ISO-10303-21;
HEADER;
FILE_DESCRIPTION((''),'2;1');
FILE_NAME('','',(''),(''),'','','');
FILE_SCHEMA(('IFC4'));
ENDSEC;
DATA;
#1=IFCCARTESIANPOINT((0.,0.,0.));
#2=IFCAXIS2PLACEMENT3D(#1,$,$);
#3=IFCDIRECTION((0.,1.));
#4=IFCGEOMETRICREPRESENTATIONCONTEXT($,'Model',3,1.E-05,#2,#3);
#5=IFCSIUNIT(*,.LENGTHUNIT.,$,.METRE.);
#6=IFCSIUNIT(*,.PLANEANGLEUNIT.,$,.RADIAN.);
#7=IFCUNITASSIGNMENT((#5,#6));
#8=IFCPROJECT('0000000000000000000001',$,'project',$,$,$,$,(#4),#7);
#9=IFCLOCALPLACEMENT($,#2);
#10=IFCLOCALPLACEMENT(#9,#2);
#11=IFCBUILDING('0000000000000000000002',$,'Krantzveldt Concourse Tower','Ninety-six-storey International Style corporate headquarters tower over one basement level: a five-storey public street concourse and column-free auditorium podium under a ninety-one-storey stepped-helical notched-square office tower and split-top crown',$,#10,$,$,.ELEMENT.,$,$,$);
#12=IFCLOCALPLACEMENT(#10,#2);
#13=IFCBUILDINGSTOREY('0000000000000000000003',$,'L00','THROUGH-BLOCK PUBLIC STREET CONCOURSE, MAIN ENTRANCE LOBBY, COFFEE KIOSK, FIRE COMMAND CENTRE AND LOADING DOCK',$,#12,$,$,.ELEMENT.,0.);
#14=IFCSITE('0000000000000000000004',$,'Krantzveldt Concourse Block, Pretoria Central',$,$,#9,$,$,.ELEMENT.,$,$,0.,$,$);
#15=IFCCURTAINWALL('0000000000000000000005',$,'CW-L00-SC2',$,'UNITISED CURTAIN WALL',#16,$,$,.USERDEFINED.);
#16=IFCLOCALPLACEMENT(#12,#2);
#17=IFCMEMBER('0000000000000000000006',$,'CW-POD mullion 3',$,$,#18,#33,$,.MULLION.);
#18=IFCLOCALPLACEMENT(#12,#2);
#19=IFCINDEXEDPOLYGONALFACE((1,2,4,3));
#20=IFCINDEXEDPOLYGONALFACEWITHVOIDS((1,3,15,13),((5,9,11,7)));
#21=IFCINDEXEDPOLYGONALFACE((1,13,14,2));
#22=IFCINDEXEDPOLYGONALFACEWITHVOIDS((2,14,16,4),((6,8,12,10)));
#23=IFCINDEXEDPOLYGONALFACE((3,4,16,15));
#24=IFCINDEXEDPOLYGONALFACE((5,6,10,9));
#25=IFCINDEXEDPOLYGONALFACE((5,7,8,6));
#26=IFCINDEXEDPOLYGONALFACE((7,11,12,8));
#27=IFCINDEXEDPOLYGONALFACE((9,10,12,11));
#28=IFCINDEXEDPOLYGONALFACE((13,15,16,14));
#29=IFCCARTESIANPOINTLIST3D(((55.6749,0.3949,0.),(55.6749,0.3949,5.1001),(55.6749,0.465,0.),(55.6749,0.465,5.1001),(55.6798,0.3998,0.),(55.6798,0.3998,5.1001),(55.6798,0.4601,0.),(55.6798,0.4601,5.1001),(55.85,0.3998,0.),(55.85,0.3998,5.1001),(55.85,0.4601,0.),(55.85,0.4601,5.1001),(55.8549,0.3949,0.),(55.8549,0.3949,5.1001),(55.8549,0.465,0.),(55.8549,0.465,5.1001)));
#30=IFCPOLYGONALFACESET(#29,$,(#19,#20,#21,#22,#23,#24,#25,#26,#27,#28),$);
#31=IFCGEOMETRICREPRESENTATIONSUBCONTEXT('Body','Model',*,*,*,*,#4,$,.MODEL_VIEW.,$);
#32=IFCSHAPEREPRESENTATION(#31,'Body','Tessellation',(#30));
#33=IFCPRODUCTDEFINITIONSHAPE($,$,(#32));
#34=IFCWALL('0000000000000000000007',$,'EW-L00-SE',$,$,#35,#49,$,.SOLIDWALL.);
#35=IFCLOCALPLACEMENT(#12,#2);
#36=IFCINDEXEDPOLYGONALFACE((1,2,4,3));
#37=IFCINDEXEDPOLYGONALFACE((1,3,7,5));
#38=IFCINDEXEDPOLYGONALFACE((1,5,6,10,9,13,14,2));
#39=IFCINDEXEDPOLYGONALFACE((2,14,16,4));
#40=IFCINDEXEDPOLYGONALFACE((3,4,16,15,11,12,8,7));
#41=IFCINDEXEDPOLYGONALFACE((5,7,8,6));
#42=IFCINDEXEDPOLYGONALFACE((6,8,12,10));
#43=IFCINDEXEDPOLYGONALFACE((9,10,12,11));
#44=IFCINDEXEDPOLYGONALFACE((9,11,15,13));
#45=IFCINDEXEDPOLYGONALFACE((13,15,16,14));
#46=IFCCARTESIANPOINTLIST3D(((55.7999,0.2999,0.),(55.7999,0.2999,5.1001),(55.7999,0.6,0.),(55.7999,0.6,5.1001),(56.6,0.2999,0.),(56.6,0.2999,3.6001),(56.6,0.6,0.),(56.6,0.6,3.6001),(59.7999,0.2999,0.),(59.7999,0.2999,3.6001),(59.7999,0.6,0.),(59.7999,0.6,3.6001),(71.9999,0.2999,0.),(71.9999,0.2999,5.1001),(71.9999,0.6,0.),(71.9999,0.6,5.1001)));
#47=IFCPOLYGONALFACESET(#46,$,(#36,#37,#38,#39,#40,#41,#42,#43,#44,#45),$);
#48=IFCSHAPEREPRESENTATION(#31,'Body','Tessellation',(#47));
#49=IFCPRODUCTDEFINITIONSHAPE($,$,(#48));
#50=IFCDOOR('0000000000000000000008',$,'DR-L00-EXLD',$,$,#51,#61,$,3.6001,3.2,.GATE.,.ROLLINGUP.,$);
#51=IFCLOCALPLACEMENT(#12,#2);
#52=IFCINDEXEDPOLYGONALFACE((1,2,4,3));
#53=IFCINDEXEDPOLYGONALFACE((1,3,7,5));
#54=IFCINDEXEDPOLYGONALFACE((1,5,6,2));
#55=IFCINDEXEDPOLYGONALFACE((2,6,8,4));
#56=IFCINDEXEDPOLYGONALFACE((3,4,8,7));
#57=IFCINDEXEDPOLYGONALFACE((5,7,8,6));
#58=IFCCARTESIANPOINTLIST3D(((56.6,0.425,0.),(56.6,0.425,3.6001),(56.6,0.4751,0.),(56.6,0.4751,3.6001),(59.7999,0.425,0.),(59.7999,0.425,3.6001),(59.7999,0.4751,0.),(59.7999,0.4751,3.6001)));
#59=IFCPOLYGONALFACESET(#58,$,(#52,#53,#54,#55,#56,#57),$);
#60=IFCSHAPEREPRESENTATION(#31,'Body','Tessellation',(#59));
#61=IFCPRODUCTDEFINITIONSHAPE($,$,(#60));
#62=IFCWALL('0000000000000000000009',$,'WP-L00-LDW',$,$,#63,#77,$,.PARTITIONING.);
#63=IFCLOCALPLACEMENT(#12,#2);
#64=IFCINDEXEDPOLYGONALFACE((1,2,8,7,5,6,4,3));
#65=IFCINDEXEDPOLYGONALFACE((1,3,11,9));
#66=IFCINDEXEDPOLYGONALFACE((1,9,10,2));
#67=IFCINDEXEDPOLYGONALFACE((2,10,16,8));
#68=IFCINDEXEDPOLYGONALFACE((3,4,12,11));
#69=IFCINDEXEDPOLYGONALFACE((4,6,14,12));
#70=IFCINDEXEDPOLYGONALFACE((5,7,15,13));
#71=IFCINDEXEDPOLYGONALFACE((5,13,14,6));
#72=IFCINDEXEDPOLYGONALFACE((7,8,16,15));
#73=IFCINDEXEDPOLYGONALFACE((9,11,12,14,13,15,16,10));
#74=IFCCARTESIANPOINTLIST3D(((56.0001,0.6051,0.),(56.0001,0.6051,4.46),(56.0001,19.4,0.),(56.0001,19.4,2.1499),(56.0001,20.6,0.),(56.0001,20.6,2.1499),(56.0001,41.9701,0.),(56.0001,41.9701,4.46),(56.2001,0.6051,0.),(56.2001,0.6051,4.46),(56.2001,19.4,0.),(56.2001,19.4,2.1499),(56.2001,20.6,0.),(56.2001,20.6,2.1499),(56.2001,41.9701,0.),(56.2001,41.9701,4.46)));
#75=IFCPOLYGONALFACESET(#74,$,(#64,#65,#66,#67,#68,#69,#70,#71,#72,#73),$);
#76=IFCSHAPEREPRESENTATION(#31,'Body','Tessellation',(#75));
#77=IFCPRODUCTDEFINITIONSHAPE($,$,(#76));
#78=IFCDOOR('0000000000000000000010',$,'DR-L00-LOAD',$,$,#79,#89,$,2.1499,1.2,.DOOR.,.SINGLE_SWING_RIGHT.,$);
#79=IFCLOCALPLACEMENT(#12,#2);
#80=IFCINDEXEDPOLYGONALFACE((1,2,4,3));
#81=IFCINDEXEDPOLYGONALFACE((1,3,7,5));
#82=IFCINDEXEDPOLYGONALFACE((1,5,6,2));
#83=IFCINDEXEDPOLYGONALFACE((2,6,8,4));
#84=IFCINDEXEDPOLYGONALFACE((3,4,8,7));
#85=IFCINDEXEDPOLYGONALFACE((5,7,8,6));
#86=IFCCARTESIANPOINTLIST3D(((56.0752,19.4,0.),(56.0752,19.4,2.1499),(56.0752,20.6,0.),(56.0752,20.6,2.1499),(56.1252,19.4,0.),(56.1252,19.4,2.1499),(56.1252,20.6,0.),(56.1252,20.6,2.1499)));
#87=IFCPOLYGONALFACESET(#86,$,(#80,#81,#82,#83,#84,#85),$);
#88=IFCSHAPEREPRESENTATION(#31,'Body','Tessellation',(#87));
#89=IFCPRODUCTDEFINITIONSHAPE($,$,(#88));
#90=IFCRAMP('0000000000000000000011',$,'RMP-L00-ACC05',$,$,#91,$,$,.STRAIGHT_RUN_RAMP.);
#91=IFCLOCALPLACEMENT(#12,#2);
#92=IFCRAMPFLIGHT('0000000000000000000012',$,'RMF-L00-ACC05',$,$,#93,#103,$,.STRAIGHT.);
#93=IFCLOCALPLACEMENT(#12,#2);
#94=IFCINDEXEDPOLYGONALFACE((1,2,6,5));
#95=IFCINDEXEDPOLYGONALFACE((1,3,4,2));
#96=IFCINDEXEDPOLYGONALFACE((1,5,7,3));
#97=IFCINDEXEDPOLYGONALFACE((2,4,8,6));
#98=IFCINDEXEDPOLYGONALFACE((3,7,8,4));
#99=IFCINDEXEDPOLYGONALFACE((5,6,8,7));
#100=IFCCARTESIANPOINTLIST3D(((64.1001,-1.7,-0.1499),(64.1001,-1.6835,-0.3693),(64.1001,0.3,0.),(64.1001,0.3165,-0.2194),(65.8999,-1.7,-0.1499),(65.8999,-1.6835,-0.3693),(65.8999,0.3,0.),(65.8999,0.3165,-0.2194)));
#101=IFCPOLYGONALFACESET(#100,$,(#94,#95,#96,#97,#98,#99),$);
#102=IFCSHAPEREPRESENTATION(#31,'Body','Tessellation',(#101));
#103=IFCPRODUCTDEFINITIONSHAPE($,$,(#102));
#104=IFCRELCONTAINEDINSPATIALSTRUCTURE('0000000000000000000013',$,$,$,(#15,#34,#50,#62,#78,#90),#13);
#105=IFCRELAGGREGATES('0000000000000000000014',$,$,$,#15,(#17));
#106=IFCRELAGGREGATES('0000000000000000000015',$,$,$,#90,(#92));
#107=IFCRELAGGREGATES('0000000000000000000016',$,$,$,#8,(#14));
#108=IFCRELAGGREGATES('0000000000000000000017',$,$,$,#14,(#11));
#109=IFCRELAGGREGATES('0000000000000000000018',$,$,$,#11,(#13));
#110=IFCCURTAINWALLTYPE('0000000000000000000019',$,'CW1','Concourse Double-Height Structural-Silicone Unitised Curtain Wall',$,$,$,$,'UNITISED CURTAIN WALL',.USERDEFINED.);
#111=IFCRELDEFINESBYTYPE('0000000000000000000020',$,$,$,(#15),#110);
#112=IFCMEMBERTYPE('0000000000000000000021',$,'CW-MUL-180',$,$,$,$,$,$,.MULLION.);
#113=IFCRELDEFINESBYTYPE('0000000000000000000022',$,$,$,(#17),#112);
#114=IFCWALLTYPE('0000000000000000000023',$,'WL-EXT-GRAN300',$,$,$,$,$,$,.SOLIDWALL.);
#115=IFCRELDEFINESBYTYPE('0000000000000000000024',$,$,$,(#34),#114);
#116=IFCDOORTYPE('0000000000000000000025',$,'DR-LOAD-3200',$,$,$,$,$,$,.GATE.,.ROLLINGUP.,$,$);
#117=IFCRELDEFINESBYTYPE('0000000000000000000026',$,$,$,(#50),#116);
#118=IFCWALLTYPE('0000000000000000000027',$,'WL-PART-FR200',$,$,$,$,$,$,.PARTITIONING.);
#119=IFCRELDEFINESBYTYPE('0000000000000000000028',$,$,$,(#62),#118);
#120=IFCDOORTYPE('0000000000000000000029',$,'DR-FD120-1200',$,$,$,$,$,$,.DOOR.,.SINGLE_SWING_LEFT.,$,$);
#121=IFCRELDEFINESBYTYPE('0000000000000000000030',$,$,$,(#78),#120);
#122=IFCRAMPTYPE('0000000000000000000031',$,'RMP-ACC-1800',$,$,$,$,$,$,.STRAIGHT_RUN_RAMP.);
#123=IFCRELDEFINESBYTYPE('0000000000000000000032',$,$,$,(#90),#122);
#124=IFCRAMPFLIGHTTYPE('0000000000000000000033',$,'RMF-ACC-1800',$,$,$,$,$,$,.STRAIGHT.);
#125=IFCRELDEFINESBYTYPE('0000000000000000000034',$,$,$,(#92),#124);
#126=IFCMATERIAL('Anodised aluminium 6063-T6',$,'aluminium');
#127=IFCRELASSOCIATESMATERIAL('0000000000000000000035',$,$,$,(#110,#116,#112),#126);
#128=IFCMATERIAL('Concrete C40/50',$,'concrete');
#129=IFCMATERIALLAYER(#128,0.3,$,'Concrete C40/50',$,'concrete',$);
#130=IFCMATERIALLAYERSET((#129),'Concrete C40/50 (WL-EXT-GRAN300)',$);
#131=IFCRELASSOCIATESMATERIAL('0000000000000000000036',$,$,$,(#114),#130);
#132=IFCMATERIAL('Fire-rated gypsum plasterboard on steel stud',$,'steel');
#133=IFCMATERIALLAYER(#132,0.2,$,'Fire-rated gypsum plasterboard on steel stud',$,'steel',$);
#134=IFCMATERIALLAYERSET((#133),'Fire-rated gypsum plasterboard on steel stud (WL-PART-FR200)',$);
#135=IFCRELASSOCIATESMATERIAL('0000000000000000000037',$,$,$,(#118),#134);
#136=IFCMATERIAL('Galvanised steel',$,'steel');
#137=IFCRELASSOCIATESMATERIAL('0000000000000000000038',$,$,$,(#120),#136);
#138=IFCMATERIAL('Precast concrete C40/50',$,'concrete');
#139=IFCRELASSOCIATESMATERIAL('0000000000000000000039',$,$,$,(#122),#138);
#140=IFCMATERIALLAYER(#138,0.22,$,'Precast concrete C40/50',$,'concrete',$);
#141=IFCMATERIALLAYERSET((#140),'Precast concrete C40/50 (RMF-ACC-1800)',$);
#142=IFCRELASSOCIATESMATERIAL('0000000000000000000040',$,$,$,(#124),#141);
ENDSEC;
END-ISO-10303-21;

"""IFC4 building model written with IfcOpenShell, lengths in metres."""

from ifc_helpers import new_model, si_unit, direction, frame, frame_2d, origin, origin_2d, place, context, subcontext, project, spatial, polyline, rectangle, hollow_rectangle, outline, extrude, source, transform, mapped, material, layer, layer_set, material_profile, profile_set, type_object, type_shapes, element, fill, aggregate, save


model = new_model("IFC4")

# Units and contexts
model_context = context("Model", 3, precision=1e-05, world=origin(), true_north=direction((0.0, 1.0)))
body_context = subcontext(model_context, "Body", "Model", "MODEL_VIEW")
ifc_project = project(units=[si_unit("LENGTHUNIT", "METRE"), si_unit("PLANEANGLEUNIT", "RADIAN")], contexts=[model_context])

# Site, building, storey
site_placement = place(None, origin())
site = spatial("IfcSite", under=ifc_project, at=site_placement, Name="Krantzveldt Concourse Block, Pretoria Central", CompositionType="ELEMENT", RefElevation=0.0)
building_placement = place(site_placement, origin())
building = spatial("IfcBuilding", under=site, at=building_placement, Name="Krantzveldt Concourse Tower", Description="Ninety-six-storey International Style corporate headquarters tower over one basement level: a five-storey public street concourse and column-free auditorium podium under a ninety-one-storey stepped-helical notched-square office tower and split-top crown", CompositionType="ELEMENT")
storey_placement = place(building_placement, origin())
storey = spatial("IfcBuildingStorey", under=building, at=storey_placement, Name="L00", Description="THROUGH-BLOCK PUBLIC STREET CONCOURSE, MAIN ENTRANCE LOBBY, COFFEE KIOSK, FIRE COMMAND CENTRE AND LOADING DOCK", CompositionType="ELEMENT", Elevation=0.0)

# Shared definitions
ifc_material_1 = material(Name="Concrete C40/50", Category="concrete")

# Curtain wall, member
ifc_material_2 = material(Name="Anodised aluminium 6063-T6", Category="aluminium")
curtain_wall_type = type_object("IfcCurtainWallType", Name="CW1", Description="Concourse Double-Height Structural-Silicone Unitised Curtain Wall", ElementType="UNITISED CURTAIN WALL", PredefinedType="USERDEFINED", material=ifc_material_2)
curtain_wall_placement = place(storey_placement, origin())
curtain_wall = element("IfcCurtainWall", 1, at=curtain_wall_placement, inside=storey, type_object=curtain_wall_type, Name="CW-L00-SC2", ObjectType="UNITISED CURTAIN WALL", PredefinedType="USERDEFINED")
ifc_material_profile_1 = material_profile(ifc_material_2, hollow_rectangle(XDim=0.0701, YDim=0.1799, WallThickness=0.0049, at=origin_2d()), Name="Anodised aluminium 6063-T6", Category="aluminium")
ifc_profile_set_1 = profile_set([ifc_material_profile_1], Name="Anodised aluminium 6063-T6 - ALU-MULL 180x70x5")
member_type = type_object("IfcMemberType", Name="CW-MUL-180", PredefinedType="MULLION", material=ifc_profile_set_1)
shared_shape_1 = source(origin(), body_context, "Body", "SweptSolid", [
    extrude(hollow_rectangle(XDim=0.0701, YDim=0.1799, WallThickness=0.0049, at=origin_2d()), origin(), (0.0, 0.0, 1.0), 5.1001),
])
type_shapes(member_type, [shared_shape_1])
member_placement = place(storey_placement, frame((55.7649, 0.4299, 0.0), z_axis=(0.0, 0.0, 1.0), x_axis=(0.0, 1.0, 0.0)))
member = element("IfcMember", 2, at=member_placement, type_object=member_type, Name="CW-POD mullion 3", PredefinedType="MULLION", context=body_context, shape_type="MappedRepresentation", body=[
    mapped(shared_shape_1, transform((0.0, 0.0, 0.0), x_axis=(1.0, 0.0, 0.0), y_axis=(0.0, 1.0, 0.0), z_axis=(0.0, 0.0, 1.0), scale=1.0)),
])
aggregate(curtain_wall, [member])

# Walls, openings, doors
ifc_layer_1 = layer(ifc_material_1, 0.3, Name="Concrete C40/50", Category="concrete")
ifc_layer_set_1 = layer_set([ifc_layer_1], Name="Concrete C40/50 (WL-EXT-GRAN300)")
wall_type_1 = type_object("IfcWallType", Name="WL-EXT-GRAN300", PredefinedType="SOLIDWALL", material=ifc_layer_set_1)
wall_1_placement = place(storey_placement, frame((72.0, 0.45, 0.0), z_axis=(0.0, 0.0, 1.0), x_axis=(-1.0, 0.0, 0.0)))
wall_1 = element("IfcWall", 3, at=wall_1_placement, inside=storey, type_object=wall_type_1, Name="EW-L00-SE", PredefinedType="SOLIDWALL", context=body_context, shape_type="SweptSolid", body=[
    extrude(rectangle(XDim=16.2, YDim=0.3, at=frame_2d((8.1001, 0.0))), origin(), (0.0, 0.0, 1.0), 5.1001),
])
opening_1_placement = place(wall_1_placement, frame((12.2, 0.0, 0.0)))
opening_1 = element("IfcOpeningElement", 4, at=opening_1_placement, cuts=wall_1, PredefinedType="OPENING", context=body_context, shape_type="SweptSolid", body=[
    extrude(rectangle(XDim=3.2, YDim=3.6001, at=frame_2d((1.6001, 1.8))), frame((0.0, 0.1602, 0.0), z_axis=(0.0, -1.0, 0.0), x_axis=(1.0, 0.0, 0.0)), (0.0, 0.0, 1.0), 0.3201),
])
door_type_1 = type_object("IfcDoorType", Name="DR-LOAD-3200", OperationType="ROLLINGUP", PredefinedType="GATE", material=ifc_material_2)
door_1_placement = place(opening_1_placement, origin())
door_1 = element("IfcDoor", 5, at=door_1_placement, inside=storey, type_object=door_type_1, Name="DR-L00-EXLD", OperationType="ROLLINGUP", OverallHeight=3.6001, OverallWidth=3.2, PredefinedType="GATE", context=body_context, shape_type="SweptSolid", body=[
    extrude(rectangle(XDim=3.2, YDim=3.6001, at=frame_2d((1.6001, 1.8))), frame((0.0, 0.0249, 0.0), z_axis=(0.0, -1.0, 0.0), x_axis=(1.0, 0.0, 0.0)), (0.0, 0.0, 1.0), 0.05),
])
fill(opening_1, door_1)
ifc_material_3 = material(Name="Fire-rated gypsum plasterboard on steel stud", Category="steel")
ifc_layer_2 = layer(ifc_material_3, 0.2, Name="Fire-rated gypsum plasterboard on steel stud", Category="steel")
ifc_layer_set_2 = layer_set([ifc_layer_2], Name="Fire-rated gypsum plasterboard on steel stud (WL-PART-FR200)")
wall_type_2 = type_object("IfcWallType", Name="WL-PART-FR200", PredefinedType="PARTITIONING", material=ifc_layer_set_2)
wall_2_placement = place(storey_placement, frame((56.1001, 0.605, 0.0), z_axis=(0.0, 0.0, 1.0), x_axis=(0.0, 1.0, 0.0)))
wall_2 = element("IfcWall", 6, at=wall_2_placement, inside=storey, type_object=wall_type_2, Name="WP-L00-LDW", PredefinedType="PARTITIONING", context=body_context, shape_type="SweptSolid", body=[
    extrude(rectangle(XDim=41.365, YDim=0.2, at=frame_2d((20.6826, 0.0))), origin(), (0.0, 0.0, 1.0), 4.46),
])
opening_2_placement = place(wall_2_placement, frame((18.7949, 0.0, 0.0)))
opening_2 = element("IfcOpeningElement", 7, at=opening_2_placement, cuts=wall_2, PredefinedType="OPENING", context=body_context, shape_type="SweptSolid", body=[
    extrude(rectangle(XDim=1.2, YDim=2.1499, at=frame_2d((0.6001, 1.075))), frame((0.0, 0.1099, 0.0), z_axis=(0.0, -1.0, 0.0), x_axis=(1.0, 0.0, 0.0)), (0.0, 0.0, 1.0), 0.22),
])
ifc_material_4 = material(Name="Galvanised steel", Category="steel")
door_type_2 = type_object("IfcDoorType", Name="DR-FD120-1200", OperationType="SINGLE_SWING_LEFT", PredefinedType="DOOR", material=ifc_material_4)
door_2_placement = place(opening_2_placement, origin())
door_2 = element("IfcDoor", 8, at=door_2_placement, inside=storey, type_object=door_type_2, Name="DR-L00-LOAD", OperationType="SINGLE_SWING_RIGHT", OverallHeight=2.1499, OverallWidth=1.2, PredefinedType="DOOR", context=body_context, shape_type="SweptSolid", body=[
    extrude(rectangle(XDim=1.2, YDim=2.1499, at=frame_2d((0.6001, 1.075))), frame((0.0, 0.0249, 0.0), z_axis=(0.0, -1.0, 0.0), x_axis=(1.0, 0.0, 0.0)), (0.0, 0.0, 1.0), 0.05),
])
fill(opening_2, door_2)

# Ramp, ramp flight
ifc_material_5 = material(Name="Precast concrete C40/50", Category="concrete")
ramp_type = type_object("IfcRampType", Name="RMP-ACC-1800", PredefinedType="STRAIGHT_RUN_RAMP", material=ifc_material_5)
ramp_placement = place(storey_placement, origin())
ramp = element("IfcRamp", 9, at=ramp_placement, inside=storey, type_object=ramp_type, Name="RMP-L00-ACC05", PredefinedType="STRAIGHT_RUN_RAMP")
ifc_layer_3 = layer(ifc_material_5, 0.22, Name="Precast concrete C40/50", Category="concrete")
ifc_layer_set_3 = layer_set([ifc_layer_3], Name="Precast concrete C40/50 (RMF-ACC-1800)")
ramp_flight_type = type_object("IfcRampFlightType", Name="RMF-ACC-1800", PredefinedType="STRAIGHT", material=ifc_layer_set_3)
ramp_flight_placement = place(storey_placement, frame((64.1001, -1.7, -0.1499), z_axis=(0.0, -0.074742, 0.997203), x_axis=(1.0, 0.0, 0.0)))
ramp_flight = element("IfcRampFlight", 10, at=ramp_flight_placement, type_object=ramp_flight_type, Name="RMF-L00-ACC05", PredefinedType="STRAIGHT", context=body_context, shape_type="SweptSolid", body=[
    extrude(outline(polyline([(0.0, 0.0), (1.7998, 0.0), (1.7998, 2.0056), (0.0, 2.0056), (0.0, 0.0)])), origin(), (0.0, 0.0, -1.0), 0.22),
])
aggregate(ramp, [ramp_flight])

save(model, "model.ifc")
